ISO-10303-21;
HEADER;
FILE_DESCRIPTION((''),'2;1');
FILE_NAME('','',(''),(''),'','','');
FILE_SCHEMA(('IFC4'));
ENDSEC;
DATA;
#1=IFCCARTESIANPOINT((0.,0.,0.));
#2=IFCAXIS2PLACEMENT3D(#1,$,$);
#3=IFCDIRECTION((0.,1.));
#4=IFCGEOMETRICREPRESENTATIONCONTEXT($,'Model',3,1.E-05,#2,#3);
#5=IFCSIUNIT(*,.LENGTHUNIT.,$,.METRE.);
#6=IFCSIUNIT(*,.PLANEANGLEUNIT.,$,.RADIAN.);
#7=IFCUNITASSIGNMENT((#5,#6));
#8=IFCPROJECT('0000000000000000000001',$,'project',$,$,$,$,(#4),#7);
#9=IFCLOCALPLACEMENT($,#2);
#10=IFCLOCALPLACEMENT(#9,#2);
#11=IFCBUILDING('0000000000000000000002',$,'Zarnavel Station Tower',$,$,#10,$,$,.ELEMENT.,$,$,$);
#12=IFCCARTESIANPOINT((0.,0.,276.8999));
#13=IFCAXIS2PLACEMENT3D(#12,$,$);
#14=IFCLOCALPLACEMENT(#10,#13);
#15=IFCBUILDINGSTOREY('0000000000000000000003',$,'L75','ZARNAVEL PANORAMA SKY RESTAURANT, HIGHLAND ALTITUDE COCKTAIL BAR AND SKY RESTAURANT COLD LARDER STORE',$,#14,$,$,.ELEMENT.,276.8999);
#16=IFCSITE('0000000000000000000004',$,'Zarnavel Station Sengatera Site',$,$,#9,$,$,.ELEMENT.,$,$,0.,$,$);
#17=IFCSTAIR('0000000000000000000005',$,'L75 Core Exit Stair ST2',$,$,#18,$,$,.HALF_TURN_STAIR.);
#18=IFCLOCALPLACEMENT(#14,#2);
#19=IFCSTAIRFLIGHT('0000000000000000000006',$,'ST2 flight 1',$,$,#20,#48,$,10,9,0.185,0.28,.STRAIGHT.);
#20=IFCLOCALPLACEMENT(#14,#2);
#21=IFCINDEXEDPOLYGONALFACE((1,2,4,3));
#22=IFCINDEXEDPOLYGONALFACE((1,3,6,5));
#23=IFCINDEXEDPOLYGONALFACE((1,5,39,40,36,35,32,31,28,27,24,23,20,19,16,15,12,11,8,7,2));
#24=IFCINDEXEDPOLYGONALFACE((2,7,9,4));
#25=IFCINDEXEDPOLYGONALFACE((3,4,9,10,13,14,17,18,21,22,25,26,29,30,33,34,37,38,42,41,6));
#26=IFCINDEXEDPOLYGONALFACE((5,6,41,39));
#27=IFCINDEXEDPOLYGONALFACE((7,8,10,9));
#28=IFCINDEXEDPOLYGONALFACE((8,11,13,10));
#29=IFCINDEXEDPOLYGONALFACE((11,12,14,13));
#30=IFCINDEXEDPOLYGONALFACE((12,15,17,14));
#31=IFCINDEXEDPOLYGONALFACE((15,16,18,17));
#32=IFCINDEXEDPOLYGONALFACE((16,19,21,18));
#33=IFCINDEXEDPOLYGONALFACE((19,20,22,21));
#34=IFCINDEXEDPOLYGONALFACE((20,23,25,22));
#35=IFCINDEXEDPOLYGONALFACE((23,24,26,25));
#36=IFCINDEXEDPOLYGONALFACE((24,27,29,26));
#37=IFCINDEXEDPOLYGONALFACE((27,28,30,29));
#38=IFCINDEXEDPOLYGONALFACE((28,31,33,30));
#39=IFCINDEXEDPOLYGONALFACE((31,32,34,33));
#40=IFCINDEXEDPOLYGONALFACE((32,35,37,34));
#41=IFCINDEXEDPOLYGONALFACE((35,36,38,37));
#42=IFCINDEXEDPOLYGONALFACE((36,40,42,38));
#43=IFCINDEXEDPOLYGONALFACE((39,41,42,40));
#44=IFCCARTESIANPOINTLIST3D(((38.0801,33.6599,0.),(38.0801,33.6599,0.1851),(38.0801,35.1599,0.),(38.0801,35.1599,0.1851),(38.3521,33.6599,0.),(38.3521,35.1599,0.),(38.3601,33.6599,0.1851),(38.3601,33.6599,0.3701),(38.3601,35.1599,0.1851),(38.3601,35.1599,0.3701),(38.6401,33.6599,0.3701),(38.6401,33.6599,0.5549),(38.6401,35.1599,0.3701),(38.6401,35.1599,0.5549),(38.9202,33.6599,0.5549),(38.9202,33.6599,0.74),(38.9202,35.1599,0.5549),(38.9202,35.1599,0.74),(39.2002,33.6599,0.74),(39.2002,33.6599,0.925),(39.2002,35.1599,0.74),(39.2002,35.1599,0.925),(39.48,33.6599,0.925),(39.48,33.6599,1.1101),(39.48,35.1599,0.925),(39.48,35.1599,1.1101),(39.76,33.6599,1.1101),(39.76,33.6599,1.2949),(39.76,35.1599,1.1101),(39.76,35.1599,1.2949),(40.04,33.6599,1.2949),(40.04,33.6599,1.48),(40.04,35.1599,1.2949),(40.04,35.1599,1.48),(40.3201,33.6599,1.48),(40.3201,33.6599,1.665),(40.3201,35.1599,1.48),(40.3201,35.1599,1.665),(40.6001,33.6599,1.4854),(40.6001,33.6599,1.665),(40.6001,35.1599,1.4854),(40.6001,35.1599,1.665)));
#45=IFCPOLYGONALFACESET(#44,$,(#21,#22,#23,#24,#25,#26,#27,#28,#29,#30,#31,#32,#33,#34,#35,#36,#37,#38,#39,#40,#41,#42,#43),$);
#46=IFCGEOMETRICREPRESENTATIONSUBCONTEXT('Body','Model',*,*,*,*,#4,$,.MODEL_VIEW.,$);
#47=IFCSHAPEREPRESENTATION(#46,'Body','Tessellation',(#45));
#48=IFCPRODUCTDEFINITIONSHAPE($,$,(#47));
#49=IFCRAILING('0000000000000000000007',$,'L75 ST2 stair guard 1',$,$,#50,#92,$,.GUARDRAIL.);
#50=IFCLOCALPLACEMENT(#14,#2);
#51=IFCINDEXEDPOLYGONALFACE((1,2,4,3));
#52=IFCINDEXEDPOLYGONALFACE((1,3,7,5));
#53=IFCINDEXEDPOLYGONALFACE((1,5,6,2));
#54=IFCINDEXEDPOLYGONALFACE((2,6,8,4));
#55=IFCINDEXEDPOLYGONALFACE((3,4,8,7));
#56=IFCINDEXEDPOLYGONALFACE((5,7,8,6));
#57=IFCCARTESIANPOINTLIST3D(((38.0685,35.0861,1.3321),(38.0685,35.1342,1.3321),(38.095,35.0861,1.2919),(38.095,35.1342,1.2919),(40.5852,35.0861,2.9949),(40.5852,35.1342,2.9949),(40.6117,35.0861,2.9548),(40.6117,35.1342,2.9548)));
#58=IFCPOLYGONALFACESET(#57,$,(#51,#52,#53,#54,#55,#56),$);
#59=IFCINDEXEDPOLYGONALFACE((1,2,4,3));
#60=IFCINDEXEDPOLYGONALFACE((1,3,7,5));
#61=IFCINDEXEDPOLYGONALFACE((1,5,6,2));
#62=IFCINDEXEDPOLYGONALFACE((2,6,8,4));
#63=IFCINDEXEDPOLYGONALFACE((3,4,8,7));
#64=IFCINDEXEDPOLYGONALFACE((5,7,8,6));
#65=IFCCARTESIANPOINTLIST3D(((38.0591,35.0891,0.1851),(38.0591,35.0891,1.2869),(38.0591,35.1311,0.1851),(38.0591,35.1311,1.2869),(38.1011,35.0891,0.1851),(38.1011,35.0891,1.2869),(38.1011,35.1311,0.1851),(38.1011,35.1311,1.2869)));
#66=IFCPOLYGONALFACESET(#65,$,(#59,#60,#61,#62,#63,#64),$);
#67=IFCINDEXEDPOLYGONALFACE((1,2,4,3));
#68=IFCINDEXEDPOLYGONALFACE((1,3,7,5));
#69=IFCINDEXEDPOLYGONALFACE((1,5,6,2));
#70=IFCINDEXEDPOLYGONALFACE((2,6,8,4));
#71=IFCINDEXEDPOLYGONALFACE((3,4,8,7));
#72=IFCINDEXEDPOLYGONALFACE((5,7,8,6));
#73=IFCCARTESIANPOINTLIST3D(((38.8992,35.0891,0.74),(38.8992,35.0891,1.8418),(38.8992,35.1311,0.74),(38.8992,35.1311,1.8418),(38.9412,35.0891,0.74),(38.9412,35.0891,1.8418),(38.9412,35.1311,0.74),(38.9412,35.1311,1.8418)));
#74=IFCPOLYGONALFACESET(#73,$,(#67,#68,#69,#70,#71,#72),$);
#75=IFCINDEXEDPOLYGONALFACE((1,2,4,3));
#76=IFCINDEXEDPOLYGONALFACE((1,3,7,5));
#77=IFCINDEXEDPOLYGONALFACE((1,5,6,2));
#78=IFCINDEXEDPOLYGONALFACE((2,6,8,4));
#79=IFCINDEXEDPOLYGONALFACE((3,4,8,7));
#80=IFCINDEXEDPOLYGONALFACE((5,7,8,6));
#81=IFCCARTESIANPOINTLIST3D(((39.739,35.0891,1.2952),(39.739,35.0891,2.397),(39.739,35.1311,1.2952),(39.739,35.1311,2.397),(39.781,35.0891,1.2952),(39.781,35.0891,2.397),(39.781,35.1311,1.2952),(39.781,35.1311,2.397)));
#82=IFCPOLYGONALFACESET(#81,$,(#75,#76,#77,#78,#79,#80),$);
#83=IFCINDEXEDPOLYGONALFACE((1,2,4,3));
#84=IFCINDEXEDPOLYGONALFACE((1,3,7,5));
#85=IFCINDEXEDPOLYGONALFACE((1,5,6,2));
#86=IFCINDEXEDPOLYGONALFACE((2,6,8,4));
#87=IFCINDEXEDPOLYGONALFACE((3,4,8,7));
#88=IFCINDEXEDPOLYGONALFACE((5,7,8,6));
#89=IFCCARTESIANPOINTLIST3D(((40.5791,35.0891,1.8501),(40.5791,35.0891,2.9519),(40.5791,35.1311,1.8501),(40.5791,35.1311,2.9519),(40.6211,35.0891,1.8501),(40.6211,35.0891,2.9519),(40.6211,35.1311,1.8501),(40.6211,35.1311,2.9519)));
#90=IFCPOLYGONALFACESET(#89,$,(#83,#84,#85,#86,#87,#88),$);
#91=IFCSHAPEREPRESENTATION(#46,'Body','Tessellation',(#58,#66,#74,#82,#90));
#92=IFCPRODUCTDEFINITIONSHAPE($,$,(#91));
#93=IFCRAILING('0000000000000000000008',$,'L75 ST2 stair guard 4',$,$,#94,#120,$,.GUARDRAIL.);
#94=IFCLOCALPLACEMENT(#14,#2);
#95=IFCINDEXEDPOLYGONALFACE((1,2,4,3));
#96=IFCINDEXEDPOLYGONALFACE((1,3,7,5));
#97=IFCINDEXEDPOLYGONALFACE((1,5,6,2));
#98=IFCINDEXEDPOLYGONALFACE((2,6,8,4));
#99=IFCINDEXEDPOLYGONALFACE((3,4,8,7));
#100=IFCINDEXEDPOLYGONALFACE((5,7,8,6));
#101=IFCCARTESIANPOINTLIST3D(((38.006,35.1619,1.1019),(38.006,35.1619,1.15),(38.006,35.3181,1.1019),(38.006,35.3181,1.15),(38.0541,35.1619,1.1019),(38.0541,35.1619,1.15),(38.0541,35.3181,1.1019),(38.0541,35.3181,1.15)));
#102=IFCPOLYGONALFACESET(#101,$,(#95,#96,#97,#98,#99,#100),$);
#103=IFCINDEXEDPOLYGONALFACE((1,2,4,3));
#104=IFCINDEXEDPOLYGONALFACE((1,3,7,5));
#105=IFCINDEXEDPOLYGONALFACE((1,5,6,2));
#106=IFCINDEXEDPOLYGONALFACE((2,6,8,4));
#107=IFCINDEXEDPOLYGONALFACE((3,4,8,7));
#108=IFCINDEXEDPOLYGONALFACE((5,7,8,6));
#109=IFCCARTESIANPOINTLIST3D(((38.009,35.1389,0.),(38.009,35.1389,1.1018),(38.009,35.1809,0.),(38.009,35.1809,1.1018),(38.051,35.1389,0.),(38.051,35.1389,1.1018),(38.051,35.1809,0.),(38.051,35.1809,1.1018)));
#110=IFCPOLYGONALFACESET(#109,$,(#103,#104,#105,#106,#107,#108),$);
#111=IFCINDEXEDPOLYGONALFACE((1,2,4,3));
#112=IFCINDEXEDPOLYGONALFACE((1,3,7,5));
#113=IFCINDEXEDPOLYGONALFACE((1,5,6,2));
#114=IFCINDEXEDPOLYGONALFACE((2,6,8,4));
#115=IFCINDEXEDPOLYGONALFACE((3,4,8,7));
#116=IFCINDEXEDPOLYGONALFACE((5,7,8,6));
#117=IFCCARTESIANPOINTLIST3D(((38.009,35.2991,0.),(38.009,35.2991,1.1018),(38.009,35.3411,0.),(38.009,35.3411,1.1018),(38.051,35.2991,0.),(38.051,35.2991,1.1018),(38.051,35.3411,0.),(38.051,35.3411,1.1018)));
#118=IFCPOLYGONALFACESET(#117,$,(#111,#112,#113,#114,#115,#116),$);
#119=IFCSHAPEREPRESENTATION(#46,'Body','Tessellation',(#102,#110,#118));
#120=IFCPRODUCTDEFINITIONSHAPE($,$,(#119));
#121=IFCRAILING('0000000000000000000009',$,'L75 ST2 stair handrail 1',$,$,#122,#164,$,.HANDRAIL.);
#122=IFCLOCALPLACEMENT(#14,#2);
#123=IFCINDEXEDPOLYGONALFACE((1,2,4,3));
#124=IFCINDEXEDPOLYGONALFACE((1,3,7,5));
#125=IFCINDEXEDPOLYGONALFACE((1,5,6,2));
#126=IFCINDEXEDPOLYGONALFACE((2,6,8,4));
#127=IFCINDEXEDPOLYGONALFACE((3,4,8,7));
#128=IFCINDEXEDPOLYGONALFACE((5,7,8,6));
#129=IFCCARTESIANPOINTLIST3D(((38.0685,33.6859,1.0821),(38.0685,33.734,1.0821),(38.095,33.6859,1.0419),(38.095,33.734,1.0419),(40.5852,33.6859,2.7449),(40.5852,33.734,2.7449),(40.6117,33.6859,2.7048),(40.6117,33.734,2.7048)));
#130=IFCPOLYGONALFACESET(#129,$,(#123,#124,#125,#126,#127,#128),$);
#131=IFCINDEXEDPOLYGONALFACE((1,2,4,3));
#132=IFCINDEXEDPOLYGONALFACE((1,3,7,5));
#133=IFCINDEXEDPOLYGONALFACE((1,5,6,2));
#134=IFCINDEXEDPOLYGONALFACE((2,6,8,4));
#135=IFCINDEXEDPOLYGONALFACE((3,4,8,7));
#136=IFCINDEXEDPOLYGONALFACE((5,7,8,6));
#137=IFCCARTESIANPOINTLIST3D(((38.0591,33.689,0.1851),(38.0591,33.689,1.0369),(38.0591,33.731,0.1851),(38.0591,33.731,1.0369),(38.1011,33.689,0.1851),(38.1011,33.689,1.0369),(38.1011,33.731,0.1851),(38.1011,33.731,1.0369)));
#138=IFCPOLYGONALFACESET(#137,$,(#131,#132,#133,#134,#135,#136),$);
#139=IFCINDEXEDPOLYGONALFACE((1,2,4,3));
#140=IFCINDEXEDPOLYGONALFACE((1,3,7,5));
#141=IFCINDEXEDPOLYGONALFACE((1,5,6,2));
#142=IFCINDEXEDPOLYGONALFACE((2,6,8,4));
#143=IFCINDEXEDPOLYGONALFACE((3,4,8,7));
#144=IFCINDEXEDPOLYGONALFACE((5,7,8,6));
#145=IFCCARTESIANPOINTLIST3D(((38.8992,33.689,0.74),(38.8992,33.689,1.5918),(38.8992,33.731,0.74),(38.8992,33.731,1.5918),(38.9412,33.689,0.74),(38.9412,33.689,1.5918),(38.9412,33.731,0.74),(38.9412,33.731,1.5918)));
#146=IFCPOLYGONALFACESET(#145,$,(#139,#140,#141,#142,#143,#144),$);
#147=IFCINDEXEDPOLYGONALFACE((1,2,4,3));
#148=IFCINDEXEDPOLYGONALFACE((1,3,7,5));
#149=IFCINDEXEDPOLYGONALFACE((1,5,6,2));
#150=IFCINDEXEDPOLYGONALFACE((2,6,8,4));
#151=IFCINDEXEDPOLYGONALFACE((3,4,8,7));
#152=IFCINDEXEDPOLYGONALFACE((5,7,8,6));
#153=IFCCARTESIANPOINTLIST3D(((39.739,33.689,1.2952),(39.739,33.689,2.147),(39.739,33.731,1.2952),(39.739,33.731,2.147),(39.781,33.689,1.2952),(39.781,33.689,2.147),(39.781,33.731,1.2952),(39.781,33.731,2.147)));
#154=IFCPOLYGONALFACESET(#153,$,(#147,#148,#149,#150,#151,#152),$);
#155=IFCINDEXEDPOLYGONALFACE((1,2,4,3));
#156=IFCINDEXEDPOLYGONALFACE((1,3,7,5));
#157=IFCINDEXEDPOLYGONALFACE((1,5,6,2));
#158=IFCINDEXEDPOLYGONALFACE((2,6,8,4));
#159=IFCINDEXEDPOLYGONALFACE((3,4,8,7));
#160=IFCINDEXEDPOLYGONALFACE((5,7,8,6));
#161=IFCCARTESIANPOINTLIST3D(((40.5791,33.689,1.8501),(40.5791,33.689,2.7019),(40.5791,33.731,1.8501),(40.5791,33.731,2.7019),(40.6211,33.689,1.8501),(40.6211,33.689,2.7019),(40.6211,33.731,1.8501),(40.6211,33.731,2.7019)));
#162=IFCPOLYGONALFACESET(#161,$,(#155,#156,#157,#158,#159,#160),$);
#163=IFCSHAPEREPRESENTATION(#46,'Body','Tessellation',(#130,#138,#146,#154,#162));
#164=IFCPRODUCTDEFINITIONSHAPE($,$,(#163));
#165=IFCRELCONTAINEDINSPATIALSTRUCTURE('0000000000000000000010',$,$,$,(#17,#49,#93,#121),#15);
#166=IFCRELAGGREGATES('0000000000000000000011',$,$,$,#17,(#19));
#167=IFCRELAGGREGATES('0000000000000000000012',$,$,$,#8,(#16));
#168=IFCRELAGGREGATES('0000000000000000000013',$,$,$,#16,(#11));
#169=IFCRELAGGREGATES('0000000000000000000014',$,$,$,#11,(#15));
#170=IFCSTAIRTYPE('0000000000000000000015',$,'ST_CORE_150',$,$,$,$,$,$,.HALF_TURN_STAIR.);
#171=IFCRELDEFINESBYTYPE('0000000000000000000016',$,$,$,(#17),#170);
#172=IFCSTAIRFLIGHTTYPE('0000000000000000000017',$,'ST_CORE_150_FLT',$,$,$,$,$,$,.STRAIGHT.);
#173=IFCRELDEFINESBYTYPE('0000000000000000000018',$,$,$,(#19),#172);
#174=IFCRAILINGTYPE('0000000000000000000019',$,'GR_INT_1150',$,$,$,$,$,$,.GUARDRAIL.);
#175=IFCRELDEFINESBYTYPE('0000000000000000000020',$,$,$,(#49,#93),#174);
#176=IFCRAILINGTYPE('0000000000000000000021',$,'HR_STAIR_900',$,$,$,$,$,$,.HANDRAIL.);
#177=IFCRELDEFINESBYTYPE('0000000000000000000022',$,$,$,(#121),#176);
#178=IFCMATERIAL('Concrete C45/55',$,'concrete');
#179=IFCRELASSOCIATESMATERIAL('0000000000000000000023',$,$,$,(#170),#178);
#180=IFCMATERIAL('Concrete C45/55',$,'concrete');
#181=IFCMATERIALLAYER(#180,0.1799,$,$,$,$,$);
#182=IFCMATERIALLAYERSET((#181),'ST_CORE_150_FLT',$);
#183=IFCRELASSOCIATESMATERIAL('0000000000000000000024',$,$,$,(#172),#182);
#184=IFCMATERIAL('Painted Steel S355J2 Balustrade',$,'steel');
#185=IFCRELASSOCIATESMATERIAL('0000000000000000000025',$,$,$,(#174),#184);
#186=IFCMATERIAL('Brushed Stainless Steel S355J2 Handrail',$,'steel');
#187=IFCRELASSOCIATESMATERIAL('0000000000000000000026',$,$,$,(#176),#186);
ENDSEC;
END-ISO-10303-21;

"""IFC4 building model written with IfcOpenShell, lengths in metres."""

from ifc_helpers import new_model, si_unit, direction, frame, origin, origin_2d, place, context, subcontext, project, spatial, polyline, rectangle, outline, extrude, material, layer, layer_set, type_object, element, aggregate, save


model = new_model("IFC4")

# Units and contexts
model_context = context("Model", 3, precision=1e-05, world=origin(), true_north=direction((0.0, 1.0)))
body_context = subcontext(model_context, "Body", "Model", "MODEL_VIEW")
ifc_project = project(units=[si_unit("LENGTHUNIT", "METRE"), si_unit("PLANEANGLEUNIT", "RADIAN")], contexts=[model_context])

# Site, building, storey
site_placement = place(None, origin())
site = spatial("IfcSite", under=ifc_project, at=site_placement, Name="Zarnavel Station Sengatera Site", CompositionType="ELEMENT", RefElevation=0.0)
building_placement = place(site_placement, origin())
building = spatial("IfcBuilding", under=site, at=building_placement, Name="Zarnavel Station Tower", CompositionType="ELEMENT")
storey_placement = place(building_placement, frame((0.0, 0.0, 276.8999)))
storey = spatial("IfcBuildingStorey", under=building, at=storey_placement, Name="L75", Description="ZARNAVEL PANORAMA SKY RESTAURANT, HIGHLAND ALTITUDE COCKTAIL BAR AND SKY RESTAURANT COLD LARDER STORE", CompositionType="ELEMENT", Elevation=276.8999)

# Stair, stair flight
ifc_material_1 = material(Name="Concrete C45/55", Category="concrete")
stair_type = type_object("IfcStairType", Name="ST_CORE_150", PredefinedType="HALF_TURN_STAIR", material=ifc_material_1)
stair_placement = place(storey_placement, origin())
stair = element("IfcStair", 1, at=stair_placement, inside=storey, type_object=stair_type, Name="L75 Core Exit Stair ST2", PredefinedType="HALF_TURN_STAIR")
ifc_material_2 = material(Name="Concrete C45/55", Category="concrete")
ifc_layer_1 = layer(ifc_material_2, 0.1799)
ifc_layer_set_1 = layer_set([ifc_layer_1], Name="ST_CORE_150_FLT")
stair_flight_type = type_object("IfcStairFlightType", Name="ST_CORE_150_FLT", PredefinedType="STRAIGHT", material=ifc_layer_set_1)
stair_flight_placement = place(storey_placement, frame((38.0801, 34.4099, 0.0), z_axis=(0.0, 0.0, 1.0), x_axis=(1.0, 0.0, 0.0)))
stair_flight = element("IfcStairFlight", 2, at=stair_flight_placement, type_object=stair_flight_type, Name="ST2 flight 1", NumberOfRisers=10, NumberOfTreads=9, PredefinedType="STRAIGHT", RiserHeight=0.185, TreadLength=0.28, context=body_context, shape_type="SweptSolid", body=[
    extrude(outline(polyline([(0.0, 0.0), (0.0, 0.1851), (0.28, 0.1851), (0.28, 0.3701), (0.5601, 0.3701), (0.5601, 0.5549), (0.8401, 0.5549), (0.8401, 0.74), (1.1201, 0.74), (1.1201, 0.925), (1.3999, 0.925), (1.3999, 1.1101), (1.6799, 1.1101), (1.6799, 1.2949), (1.96, 1.2949), (1.96, 1.48), (2.24, 1.48), (2.24, 1.665), (2.52, 1.665), (2.52, 1.8501), (2.52, 1.4854), (0.272, 0.0), (0.0, 0.0)])), frame((0.0, 0.75, 0.0), z_axis=(0.0, -1.0, 0.0), x_axis=(1.0, 0.0, 0.0)), (0.0, 0.0, 1.0), 1.5),
])
aggregate(stair, [stair_flight])

# Railings
ifc_material_3 = material(Name="Painted Steel S355J2 Balustrade", Category="steel")
railing_type_1 = type_object("IfcRailingType", Name="GR_INT_1150", PredefinedType="GUARDRAIL", material=ifc_material_3)
railing_1_placement = place(storey_placement, frame((38.0801, 35.1101, 0.1851)))
element("IfcRailing", 3, at=railing_1_placement, inside=storey, type_object=railing_type_1, Name="L75 ST2 stair guard 1", PredefinedType="GUARDRAIL", context=body_context, shape_type="SweptSolid", body=[
    extrude(rectangle(XDim=0.0481, YDim=0.0481, at=origin_2d()), frame((0.0017, 0.0, 1.127), z_axis=(0.834331, 0.0, 0.551263), x_axis=(0.0, 1.0, 0.0)), (0.0, 0.0, 1.0), 3.0164),
    extrude(rectangle(XDim=0.042, YDim=0.042, at=origin_2d()), origin(), (0.0, 0.0, 1.0), 1.1018),
    extrude(rectangle(XDim=0.042, YDim=0.042, at=origin_2d()), frame((0.8401, 0.0, 0.5549)), (0.0, 0.0, 1.0), 1.1018),
    extrude(rectangle(XDim=0.042, YDim=0.042, at=origin_2d()), frame((1.6799, 0.0, 1.1101)), (0.0, 0.0, 1.0), 1.1018),
    extrude(rectangle(XDim=0.042, YDim=0.042, at=origin_2d()), frame((2.52, 0.0, 1.665)), (0.0, 0.0, 1.0), 1.1018),
])
railing_2_placement = place(storey_placement, frame((38.03, 35.1599, 0.0)))
element("IfcRailing", 4, at=railing_2_placement, inside=storey, type_object=railing_type_1, Name="L75 ST2 stair guard 4", PredefinedType="GUARDRAIL", context=body_context, shape_type="SweptSolid", body=[
    extrude(rectangle(XDim=0.0481, YDim=0.0481, at=origin_2d()), frame((0.0, 0.002, 1.126), z_axis=(0.0, 1.0, 0.0), x_axis=(-1.0, 0.0, 0.0)), (0.0, 0.0, 1.0), 0.1562),
    extrude(rectangle(XDim=0.042, YDim=0.042, at=origin_2d()), origin(), (0.0, 0.0, 1.0), 1.1018),
    extrude(rectangle(XDim=0.042, YDim=0.042, at=origin_2d()), frame((0.0, 0.1602, 0.0)), (0.0, 0.0, 1.0), 1.1018),
])
ifc_material_4 = material(Name="Brushed Stainless Steel S355J2 Handrail", Category="steel")
railing_type_2 = type_object("IfcRailingType", Name="HR_STAIR_900", PredefinedType="HANDRAIL", material=ifc_material_4)
railing_3_placement = place(storey_placement, frame((38.0801, 33.71, 0.1851)))
element("IfcRailing", 5, at=railing_3_placement, inside=storey, type_object=railing_type_2, Name="L75 ST2 stair handrail 1", PredefinedType="HANDRAIL", context=body_context, shape_type="SweptSolid", body=[
    extrude(rectangle(XDim=0.0481, YDim=0.0481, at=origin_2d()), frame((0.0017, 0.0, 0.877), z_axis=(0.834331, 0.0, 0.551263), x_axis=(0.0, 1.0, 0.0)), (0.0, 0.0, 1.0), 3.0164),
    extrude(rectangle(XDim=0.042, YDim=0.042, at=origin_2d()), origin(), (0.0, 0.0, 1.0), 0.8518),
    extrude(rectangle(XDim=0.042, YDim=0.042, at=origin_2d()), frame((0.8401, 0.0, 0.5549)), (0.0, 0.0, 1.0), 0.8518),
    extrude(rectangle(XDim=0.042, YDim=0.042, at=origin_2d()), frame((1.6799, 0.0, 1.1101)), (0.0, 0.0, 1.0), 0.8518),
    extrude(rectangle(XDim=0.042, YDim=0.042, at=origin_2d()), frame((2.52, 0.0, 1.665)), (0.0, 0.0, 1.0), 0.8518),
])

save(model, "model.ifc")
